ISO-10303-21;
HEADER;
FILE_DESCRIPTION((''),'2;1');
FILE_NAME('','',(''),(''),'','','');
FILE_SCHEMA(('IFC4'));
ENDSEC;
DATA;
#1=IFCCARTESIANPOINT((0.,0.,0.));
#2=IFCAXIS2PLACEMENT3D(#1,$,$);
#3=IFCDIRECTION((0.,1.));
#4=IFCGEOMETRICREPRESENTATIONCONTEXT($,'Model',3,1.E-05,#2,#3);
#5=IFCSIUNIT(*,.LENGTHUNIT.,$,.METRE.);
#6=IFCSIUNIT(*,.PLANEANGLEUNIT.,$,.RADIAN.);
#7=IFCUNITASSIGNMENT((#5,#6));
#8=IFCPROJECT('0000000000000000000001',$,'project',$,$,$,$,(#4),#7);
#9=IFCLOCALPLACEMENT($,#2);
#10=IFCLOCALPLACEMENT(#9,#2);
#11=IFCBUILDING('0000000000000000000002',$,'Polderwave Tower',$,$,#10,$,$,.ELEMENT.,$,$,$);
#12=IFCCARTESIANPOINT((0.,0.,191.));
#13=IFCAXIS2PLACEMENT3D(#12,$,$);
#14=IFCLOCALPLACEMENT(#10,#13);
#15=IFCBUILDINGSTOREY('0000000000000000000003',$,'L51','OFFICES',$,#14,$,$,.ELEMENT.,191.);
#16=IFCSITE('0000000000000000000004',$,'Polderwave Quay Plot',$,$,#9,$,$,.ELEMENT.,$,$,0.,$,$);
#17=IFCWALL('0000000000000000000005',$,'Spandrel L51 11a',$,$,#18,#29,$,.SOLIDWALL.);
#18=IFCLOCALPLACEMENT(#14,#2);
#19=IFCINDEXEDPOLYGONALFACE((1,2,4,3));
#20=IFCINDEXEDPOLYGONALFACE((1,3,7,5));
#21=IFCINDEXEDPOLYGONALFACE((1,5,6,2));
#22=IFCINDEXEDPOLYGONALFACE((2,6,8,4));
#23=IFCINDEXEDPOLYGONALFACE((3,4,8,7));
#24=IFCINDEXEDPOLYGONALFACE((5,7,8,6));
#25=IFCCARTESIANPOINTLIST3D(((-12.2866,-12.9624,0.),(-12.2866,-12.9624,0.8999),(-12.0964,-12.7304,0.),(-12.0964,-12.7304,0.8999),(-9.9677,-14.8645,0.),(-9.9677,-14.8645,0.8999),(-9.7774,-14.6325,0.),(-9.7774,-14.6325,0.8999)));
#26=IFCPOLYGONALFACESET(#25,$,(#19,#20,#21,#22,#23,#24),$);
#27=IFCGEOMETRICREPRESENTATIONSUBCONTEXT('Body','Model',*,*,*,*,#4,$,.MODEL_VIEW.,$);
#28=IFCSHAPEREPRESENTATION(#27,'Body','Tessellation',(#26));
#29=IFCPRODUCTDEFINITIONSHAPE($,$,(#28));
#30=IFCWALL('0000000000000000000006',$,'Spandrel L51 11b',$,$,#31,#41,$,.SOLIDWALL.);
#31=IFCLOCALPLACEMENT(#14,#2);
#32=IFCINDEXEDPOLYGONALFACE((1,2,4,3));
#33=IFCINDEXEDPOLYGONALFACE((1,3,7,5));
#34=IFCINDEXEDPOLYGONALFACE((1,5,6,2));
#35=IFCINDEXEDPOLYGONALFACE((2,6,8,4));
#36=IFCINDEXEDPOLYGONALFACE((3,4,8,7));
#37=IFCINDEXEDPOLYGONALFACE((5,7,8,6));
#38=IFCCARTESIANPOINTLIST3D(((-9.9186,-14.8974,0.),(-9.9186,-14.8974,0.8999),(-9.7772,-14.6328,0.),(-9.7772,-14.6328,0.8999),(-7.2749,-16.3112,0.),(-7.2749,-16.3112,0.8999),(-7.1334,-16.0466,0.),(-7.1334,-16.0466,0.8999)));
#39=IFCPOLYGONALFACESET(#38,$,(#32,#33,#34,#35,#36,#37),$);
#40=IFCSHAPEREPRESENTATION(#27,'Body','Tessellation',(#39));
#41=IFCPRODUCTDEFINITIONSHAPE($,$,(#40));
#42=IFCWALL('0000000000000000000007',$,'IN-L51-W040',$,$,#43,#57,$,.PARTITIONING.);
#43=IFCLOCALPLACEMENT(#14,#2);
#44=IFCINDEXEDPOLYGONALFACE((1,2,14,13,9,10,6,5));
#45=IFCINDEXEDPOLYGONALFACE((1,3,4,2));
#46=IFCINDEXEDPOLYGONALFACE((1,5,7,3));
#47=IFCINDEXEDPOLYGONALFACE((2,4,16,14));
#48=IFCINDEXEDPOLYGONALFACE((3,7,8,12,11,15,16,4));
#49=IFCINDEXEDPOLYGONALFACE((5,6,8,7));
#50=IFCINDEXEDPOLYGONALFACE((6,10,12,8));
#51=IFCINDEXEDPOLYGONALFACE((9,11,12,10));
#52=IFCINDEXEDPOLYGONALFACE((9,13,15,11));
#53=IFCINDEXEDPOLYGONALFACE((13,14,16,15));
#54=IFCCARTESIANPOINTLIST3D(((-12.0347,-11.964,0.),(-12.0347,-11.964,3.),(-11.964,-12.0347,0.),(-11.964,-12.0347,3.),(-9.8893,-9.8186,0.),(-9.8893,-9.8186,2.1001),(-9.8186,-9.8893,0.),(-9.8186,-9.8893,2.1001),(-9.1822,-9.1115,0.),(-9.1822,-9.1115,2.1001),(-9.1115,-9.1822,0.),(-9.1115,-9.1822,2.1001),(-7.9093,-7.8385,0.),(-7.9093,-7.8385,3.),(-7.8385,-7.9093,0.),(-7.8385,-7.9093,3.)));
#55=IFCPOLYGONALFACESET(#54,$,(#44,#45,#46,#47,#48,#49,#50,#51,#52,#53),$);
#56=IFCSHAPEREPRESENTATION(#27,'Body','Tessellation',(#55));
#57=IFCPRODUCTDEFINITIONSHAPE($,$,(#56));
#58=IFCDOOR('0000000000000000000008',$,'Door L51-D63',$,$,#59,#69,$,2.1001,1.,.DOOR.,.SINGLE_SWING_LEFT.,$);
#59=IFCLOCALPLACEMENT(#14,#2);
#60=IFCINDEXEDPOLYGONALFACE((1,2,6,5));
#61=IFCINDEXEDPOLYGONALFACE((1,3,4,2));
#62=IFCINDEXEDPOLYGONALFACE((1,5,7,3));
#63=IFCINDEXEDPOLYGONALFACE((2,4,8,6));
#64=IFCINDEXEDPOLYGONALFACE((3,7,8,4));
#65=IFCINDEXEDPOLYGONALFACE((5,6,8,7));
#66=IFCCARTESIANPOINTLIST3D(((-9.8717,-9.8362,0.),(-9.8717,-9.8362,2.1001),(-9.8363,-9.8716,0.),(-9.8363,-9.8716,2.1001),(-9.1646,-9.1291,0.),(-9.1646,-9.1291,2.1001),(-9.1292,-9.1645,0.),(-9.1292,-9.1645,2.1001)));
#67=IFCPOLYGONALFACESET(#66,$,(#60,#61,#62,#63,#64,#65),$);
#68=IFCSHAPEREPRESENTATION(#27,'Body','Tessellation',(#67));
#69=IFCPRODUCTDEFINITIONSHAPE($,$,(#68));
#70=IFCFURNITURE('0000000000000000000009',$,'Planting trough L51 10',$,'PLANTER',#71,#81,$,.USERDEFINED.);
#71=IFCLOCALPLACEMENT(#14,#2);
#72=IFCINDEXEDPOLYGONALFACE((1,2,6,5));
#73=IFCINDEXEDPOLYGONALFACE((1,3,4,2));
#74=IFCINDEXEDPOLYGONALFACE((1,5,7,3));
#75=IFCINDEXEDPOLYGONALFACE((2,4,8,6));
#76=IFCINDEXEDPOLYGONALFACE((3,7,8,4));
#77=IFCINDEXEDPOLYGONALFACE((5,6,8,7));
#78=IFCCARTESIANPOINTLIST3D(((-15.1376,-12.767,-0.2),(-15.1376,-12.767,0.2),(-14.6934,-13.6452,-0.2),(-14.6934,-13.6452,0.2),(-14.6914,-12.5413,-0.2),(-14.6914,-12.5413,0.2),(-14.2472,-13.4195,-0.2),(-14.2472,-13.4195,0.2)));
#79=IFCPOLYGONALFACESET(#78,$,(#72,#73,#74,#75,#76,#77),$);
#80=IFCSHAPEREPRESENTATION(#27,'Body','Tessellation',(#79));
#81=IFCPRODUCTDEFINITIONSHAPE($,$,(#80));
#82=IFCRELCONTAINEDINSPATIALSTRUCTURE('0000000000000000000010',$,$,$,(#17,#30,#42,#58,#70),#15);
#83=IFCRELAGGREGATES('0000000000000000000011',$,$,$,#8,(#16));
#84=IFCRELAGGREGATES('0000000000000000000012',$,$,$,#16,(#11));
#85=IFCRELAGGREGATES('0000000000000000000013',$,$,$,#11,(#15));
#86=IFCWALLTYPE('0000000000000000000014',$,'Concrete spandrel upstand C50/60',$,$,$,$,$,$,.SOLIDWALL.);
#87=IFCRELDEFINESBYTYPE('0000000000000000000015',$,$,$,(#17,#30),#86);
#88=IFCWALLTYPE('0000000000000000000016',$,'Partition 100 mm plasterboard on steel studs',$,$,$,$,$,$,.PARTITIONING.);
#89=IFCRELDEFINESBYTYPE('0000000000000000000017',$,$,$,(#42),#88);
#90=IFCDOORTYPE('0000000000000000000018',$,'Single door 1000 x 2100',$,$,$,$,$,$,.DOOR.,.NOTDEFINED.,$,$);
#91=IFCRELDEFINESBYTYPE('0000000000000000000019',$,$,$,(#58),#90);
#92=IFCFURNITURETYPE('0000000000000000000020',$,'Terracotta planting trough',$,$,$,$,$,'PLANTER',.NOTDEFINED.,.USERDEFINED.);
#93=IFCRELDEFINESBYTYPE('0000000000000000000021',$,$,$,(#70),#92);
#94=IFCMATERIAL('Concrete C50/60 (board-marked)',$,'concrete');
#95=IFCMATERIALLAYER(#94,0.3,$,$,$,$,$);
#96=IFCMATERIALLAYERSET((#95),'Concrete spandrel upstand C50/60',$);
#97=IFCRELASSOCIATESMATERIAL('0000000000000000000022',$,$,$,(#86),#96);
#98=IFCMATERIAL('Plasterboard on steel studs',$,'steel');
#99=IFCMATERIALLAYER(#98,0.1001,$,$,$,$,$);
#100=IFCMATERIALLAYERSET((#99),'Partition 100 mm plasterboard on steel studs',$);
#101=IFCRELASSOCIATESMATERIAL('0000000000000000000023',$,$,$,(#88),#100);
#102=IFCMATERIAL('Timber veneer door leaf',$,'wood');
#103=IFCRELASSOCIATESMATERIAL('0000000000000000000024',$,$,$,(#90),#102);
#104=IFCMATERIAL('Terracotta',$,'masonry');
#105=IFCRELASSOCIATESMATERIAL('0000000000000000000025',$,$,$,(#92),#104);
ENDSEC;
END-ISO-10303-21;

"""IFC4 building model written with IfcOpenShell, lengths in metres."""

from ifc_helpers import new_model, si_unit, direction, frame, frame_2d, origin, origin_2d, place, context, subcontext, project, spatial, rectangle, extrude, material, layer, layer_set, type_object, element, fill, save


model = new_model("IFC4")

# Units and contexts
model_context = context("Model", 3, precision=1e-05, world=origin(), true_north=direction((0.0, 1.0)))
body_context = subcontext(model_context, "Body", "Model", "MODEL_VIEW")
ifc_project = project(units=[si_unit("LENGTHUNIT", "METRE"), si_unit("PLANEANGLEUNIT", "RADIAN")], contexts=[model_context])

# Site, building, storey
site_placement = place(None, origin())
site = spatial("IfcSite", under=ifc_project, at=site_placement, Name="Polderwave Quay Plot", CompositionType="ELEMENT", RefElevation=0.0)
building_placement = place(site_placement, origin())
building = spatial("IfcBuilding", under=site, at=building_placement, Name="Polderwave Tower", CompositionType="ELEMENT")
storey_placement = place(building_placement, frame((0.0, 0.0, 191.0)))
storey = spatial("IfcBuildingStorey", under=building, at=storey_placement, Name="L51", Description="OFFICES", CompositionType="ELEMENT", Elevation=191.0)

# Walls
ifc_material_1 = material(Name="Concrete C50/60 (board-marked)", Category="concrete")
ifc_layer_1 = layer(ifc_material_1, 0.3)
ifc_layer_set_1 = layer_set([ifc_layer_1], Name="Concrete spandrel upstand C50/60")
wall_type_1 = type_object("IfcWallType", Name="Concrete spandrel upstand C50/60", PredefinedType="SOLIDWALL", material=ifc_layer_set_1)
for number, where, z_axis, x_axis, name in (
    (1, (-12.1914, -12.8464, 0.0), (0.0, 0.0, 1.0), (0.773162, -0.634208, 0.0), "Spandrel L51 11a"),
):
    element("IfcWall", number, at=place(storey_placement, frame(where, z_axis=z_axis, x_axis=x_axis)), inside=storey, type_object=wall_type_1, Name=name, PredefinedType="SOLIDWALL", context=body_context, shape_type="SweptSolid", body=[
        extrude(rectangle(XDim=2.9993, YDim=0.3, at=frame_2d((1.4995, 0.0))), origin(), (0.0, 0.0, 1.0), 0.8999),
    ])
wall_1_placement = place(storey_placement, frame((-9.8479, -14.7651, 0.0), z_axis=(0.0, 0.0, 1.0), x_axis=(0.881827, -0.471573, 0.0)))
element("IfcWall", 2, at=wall_1_placement, inside=storey, type_object=wall_type_1, Name="Spandrel L51 11b", PredefinedType="SOLIDWALL", context=body_context, shape_type="SweptSolid", body=[
    extrude(rectangle(XDim=2.998, YDim=0.3, at=frame_2d((1.499, 0.0))), origin(), (0.0, 0.0, 1.0), 0.8999),
])

# Wall, opening, door
ifc_material_2 = material(Name="Plasterboard on steel studs", Category="steel")
ifc_layer_2 = layer(ifc_material_2, 0.1001)
ifc_layer_set_2 = layer_set([ifc_layer_2], Name="Partition 100 mm plasterboard on steel studs")
wall_type_2 = type_object("IfcWallType", Name="Partition 100 mm plasterboard on steel studs", PredefinedType="PARTITIONING", material=ifc_layer_set_2)
wall_2_placement = place(storey_placement, frame((-7.874, -7.874, 0.0), z_axis=(0.0, 0.0, 1.0), x_axis=(-0.707107, -0.707107, 0.0)))
wall_2 = element("IfcWall", 3, at=wall_2_placement, inside=storey, type_object=wall_type_2, Name="IN-L51-W040", PredefinedType="PARTITIONING", context=body_context, shape_type="SweptSolid", body=[
    extrude(rectangle(XDim=5.8342, YDim=0.1001, at=frame_2d((2.917, 0.0))), origin(), (0.0, 0.0, 1.0), 3.0),
])
opening_placement = place(wall_2_placement, frame((1.8, 0.0, 0.0)))
opening = element("IfcOpeningElement", 4, at=opening_placement, cuts=wall_2, PredefinedType="OPENING", context=body_context, shape_type="SweptSolid", body=[
    extrude(rectangle(XDim=1.0, YDim=2.1001, at=frame_2d((0.5, 1.05))), frame((0.0, 0.0601, 0.0), z_axis=(0.0, -1.0, 0.0), x_axis=(1.0, 0.0, 0.0)), (0.0, 0.0, 1.0), 0.1201),
])
ifc_material_3 = material(Name="Timber veneer door leaf", Category="wood")
door_type = type_object("IfcDoorType", Name="Single door 1000 x 2100", OperationType="NOTDEFINED", PredefinedType="DOOR", material=ifc_material_3)
door_placement = place(opening_placement, origin())
door = element("IfcDoor", 5, at=door_placement, inside=storey, type_object=door_type, Name="Door L51-D63", OperationType="SINGLE_SWING_LEFT", OverallHeight=2.1001, OverallWidth=1.0, PredefinedType="DOOR", context=body_context, shape_type="SweptSolid", body=[
    extrude(rectangle(XDim=1.0, YDim=2.1001, at=frame_2d((0.5, 1.05))), frame((0.0, 0.0249, 0.0), z_axis=(0.0, -1.0, 0.0), x_axis=(1.0, 0.0, 0.0)), (0.0, 0.0, 1.0), 0.05),
])
fill(opening, door)

# Furniture
ifc_material_4 = material(Name="Terracotta", Category="masonry")
furniture_type = type_object("IfcFurnitureType", Name="Terracotta planting trough", ElementType="PLANTER", AssemblyPlace="NOTDEFINED", PredefinedType="USERDEFINED", material=ifc_material_4)
furniture_placement = place(storey_placement, frame((-14.6924, -13.0933, -0.2), z_axis=(0.0, 0.0, 1.0), x_axis=(0.451315, -0.892365, 0.0)))
element("IfcFurniture", 6, at=furniture_placement, inside=storey, type_object=furniture_type, Name="Planting trough L51 10", ObjectType="PLANTER", PredefinedType="USERDEFINED", context=body_context, shape_type="SweptSolid", body=[
    extrude(rectangle(XDim=0.9841, YDim=0.5, at=origin_2d()), origin(), (0.0, 0.0, 1.0), 0.3999),
])

save(model, "model.ifc")
